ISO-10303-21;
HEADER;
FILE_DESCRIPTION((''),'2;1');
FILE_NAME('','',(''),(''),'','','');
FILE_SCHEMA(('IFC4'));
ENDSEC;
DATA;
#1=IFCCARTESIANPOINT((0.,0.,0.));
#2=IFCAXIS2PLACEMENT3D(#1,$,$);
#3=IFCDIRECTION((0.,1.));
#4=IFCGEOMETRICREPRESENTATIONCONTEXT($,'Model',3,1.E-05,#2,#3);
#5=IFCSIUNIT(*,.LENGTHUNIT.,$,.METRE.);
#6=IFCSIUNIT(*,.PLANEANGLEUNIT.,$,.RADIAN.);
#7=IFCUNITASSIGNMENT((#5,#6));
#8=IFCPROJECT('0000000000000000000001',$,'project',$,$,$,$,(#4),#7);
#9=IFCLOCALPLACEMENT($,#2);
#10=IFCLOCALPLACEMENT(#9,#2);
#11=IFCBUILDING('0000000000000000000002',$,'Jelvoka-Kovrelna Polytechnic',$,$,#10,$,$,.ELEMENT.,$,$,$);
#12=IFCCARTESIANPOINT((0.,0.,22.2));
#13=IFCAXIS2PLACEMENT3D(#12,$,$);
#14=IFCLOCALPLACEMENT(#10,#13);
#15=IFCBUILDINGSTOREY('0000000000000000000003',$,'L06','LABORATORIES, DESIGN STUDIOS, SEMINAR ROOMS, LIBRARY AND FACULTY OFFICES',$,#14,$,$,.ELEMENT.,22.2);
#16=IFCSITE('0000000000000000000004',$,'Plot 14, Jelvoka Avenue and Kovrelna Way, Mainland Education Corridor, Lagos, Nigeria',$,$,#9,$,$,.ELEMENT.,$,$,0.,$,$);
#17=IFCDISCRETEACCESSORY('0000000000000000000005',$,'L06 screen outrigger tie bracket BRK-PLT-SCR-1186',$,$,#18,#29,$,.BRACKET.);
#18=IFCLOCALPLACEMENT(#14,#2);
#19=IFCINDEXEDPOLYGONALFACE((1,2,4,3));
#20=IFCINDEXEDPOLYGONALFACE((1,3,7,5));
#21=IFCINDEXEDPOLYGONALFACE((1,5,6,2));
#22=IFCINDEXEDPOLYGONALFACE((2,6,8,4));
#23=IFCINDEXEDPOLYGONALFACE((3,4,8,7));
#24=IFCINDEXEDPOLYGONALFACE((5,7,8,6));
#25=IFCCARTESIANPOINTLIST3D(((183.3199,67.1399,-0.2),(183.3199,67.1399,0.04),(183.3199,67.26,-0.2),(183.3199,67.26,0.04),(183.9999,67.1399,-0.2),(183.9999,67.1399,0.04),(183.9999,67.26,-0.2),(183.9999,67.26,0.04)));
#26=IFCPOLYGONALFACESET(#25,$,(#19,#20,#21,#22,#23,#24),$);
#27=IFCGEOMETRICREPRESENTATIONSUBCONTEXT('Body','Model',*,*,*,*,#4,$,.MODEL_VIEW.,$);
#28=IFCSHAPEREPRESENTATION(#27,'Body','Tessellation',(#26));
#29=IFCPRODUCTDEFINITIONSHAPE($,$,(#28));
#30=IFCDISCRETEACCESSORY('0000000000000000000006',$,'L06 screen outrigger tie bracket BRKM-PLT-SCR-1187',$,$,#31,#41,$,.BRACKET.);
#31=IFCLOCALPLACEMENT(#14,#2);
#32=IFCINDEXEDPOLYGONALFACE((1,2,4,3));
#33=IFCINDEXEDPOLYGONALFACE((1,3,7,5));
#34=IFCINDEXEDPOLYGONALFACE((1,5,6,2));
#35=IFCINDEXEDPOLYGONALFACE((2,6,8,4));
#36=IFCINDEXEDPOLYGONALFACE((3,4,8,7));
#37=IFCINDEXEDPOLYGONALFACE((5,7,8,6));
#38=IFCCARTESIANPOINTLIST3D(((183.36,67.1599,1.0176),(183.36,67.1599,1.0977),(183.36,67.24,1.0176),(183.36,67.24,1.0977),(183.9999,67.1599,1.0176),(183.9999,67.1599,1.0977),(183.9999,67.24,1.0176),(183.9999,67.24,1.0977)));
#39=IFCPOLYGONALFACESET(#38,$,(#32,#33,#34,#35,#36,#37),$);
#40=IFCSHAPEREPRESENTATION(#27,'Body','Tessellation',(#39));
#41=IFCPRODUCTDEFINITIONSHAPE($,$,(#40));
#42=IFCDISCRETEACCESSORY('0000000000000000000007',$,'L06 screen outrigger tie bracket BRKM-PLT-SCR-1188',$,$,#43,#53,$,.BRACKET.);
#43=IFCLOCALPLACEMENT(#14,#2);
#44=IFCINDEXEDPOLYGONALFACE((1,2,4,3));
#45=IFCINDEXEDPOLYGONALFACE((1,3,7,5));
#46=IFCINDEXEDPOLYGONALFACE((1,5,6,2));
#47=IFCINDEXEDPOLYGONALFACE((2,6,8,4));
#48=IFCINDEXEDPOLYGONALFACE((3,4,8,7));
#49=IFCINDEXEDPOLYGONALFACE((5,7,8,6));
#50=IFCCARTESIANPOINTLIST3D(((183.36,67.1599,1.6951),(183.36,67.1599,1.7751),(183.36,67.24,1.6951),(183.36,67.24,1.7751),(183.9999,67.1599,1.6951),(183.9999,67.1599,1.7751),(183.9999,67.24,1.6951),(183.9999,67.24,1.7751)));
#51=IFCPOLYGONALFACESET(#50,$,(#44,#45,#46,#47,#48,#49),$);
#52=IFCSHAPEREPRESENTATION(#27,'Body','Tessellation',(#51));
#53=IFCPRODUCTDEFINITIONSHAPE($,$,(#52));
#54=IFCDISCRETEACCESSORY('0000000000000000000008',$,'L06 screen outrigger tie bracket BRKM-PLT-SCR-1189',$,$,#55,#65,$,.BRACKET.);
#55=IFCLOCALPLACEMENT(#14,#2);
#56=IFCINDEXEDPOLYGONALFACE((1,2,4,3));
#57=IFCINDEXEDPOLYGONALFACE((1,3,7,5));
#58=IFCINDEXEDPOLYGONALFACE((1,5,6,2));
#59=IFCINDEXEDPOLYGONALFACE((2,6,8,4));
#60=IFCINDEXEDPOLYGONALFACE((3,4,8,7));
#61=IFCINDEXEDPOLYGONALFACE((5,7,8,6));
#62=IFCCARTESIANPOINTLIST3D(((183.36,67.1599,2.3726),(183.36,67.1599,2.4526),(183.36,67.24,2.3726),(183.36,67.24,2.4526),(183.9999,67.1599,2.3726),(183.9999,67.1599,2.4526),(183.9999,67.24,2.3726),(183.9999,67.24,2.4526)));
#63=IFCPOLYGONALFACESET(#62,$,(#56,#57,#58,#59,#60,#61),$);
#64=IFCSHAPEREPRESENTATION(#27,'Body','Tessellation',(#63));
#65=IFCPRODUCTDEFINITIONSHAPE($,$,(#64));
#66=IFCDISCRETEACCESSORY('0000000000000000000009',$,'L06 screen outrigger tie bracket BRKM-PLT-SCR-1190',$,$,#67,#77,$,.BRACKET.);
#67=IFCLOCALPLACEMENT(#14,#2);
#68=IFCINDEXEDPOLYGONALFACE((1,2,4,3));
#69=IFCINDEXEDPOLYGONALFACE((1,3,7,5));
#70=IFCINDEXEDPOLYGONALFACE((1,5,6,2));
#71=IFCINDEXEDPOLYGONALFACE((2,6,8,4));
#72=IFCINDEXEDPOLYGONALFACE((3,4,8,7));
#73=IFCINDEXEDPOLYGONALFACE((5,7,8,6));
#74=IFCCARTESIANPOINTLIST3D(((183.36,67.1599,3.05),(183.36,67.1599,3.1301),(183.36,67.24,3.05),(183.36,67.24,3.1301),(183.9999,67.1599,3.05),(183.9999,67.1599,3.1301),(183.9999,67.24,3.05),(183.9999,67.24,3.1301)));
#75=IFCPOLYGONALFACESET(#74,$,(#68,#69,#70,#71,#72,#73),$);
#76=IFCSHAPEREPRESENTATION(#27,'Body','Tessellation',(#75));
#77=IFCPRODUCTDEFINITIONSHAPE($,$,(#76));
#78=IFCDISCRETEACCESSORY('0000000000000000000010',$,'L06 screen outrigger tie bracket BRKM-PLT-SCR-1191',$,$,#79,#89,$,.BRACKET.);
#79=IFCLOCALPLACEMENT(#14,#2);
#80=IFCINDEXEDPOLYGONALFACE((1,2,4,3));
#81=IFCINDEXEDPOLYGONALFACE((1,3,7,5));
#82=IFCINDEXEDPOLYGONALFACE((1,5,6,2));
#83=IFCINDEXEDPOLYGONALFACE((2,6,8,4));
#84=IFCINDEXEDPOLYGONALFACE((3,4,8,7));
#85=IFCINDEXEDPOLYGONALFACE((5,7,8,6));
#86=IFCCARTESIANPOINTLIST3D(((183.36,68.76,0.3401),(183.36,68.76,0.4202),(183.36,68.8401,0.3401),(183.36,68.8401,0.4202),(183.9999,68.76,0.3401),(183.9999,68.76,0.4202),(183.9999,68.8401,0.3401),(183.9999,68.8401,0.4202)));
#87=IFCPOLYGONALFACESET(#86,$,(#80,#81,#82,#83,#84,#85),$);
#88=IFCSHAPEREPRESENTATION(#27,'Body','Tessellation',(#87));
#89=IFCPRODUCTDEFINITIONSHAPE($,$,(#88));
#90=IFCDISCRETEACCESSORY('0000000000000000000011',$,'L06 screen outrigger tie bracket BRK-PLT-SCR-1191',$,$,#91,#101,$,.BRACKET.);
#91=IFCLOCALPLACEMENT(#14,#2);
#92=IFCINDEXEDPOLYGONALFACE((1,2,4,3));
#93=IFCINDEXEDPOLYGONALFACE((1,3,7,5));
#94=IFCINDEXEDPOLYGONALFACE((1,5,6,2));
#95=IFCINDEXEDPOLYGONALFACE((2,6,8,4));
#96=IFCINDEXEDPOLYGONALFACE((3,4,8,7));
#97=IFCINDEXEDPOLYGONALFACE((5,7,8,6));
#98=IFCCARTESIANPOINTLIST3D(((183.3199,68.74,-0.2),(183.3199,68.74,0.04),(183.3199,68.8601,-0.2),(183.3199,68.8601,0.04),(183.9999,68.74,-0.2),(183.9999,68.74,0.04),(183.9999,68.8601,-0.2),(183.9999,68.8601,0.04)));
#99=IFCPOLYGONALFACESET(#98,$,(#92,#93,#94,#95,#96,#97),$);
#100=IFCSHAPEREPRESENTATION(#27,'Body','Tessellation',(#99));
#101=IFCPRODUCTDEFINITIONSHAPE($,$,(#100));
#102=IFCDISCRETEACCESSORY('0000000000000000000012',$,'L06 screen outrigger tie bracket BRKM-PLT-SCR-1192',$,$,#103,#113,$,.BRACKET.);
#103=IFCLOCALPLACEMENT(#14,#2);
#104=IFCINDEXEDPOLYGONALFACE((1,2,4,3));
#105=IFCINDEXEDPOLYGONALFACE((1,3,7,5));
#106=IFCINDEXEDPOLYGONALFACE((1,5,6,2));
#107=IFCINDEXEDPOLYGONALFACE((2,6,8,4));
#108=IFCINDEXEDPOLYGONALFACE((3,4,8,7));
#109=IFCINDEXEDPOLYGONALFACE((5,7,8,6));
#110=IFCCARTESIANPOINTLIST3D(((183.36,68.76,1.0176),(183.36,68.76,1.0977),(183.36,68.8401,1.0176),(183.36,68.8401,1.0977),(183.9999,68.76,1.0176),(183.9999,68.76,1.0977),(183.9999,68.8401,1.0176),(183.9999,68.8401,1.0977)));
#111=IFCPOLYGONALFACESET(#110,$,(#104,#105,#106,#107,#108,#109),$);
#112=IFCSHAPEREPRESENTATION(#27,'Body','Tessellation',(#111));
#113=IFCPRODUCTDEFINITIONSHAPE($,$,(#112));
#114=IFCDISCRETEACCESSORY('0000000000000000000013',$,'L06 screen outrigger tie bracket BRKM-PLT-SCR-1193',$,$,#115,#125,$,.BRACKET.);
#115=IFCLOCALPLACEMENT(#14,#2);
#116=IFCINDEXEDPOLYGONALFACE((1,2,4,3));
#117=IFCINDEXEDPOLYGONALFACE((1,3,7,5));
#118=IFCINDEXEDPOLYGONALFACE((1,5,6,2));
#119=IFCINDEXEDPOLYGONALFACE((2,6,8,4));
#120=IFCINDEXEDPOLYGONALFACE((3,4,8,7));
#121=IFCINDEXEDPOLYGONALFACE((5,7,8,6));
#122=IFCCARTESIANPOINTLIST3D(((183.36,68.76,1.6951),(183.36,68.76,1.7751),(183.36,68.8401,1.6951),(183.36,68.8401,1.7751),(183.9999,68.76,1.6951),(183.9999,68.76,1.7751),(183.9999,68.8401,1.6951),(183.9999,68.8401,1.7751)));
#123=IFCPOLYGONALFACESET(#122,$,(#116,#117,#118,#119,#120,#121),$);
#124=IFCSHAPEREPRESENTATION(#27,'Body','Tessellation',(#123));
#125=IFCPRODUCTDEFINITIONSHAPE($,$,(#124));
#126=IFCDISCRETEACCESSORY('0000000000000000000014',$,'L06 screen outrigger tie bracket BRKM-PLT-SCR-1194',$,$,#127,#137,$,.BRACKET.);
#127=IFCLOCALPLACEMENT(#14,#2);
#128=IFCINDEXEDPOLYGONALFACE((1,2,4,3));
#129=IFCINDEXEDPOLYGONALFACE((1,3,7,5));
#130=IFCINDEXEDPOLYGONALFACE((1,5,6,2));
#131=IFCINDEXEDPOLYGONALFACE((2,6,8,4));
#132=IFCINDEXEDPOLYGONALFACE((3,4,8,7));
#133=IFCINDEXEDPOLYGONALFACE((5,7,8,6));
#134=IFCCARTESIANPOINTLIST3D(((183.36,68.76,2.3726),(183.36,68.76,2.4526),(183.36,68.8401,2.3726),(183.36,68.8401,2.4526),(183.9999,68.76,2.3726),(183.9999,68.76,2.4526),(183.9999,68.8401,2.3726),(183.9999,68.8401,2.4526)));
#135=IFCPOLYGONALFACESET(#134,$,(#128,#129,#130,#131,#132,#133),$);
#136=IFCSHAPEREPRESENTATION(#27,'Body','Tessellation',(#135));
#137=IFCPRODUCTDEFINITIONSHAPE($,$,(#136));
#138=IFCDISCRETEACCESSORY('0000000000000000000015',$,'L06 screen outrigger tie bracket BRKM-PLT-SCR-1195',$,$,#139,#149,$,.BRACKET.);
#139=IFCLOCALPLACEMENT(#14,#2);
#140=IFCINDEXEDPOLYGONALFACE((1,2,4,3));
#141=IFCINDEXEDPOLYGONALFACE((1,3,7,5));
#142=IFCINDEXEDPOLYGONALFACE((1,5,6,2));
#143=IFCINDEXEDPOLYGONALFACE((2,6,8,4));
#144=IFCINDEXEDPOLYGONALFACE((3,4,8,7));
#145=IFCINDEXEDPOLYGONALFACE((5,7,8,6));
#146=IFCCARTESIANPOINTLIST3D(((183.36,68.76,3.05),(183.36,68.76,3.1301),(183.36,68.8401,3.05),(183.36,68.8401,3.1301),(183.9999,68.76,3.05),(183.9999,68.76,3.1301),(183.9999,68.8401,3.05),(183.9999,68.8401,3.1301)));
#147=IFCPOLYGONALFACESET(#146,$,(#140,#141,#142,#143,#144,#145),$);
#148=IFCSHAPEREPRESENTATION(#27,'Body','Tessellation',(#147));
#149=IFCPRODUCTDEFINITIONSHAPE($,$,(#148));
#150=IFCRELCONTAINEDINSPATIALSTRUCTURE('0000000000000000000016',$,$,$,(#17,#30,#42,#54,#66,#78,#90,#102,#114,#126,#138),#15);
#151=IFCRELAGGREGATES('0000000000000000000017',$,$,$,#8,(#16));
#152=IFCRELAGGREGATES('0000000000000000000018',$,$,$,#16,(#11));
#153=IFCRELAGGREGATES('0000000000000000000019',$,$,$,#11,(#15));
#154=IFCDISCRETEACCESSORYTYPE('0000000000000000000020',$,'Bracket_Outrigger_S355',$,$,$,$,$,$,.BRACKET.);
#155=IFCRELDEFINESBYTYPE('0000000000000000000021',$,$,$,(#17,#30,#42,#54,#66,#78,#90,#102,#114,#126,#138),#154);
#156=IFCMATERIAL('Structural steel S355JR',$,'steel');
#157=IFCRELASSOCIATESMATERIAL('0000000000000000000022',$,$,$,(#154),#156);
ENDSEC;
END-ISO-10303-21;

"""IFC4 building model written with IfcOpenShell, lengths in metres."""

from ifc_helpers import new_model, si_unit, direction, frame, origin, origin_2d, place, context, subcontext, project, spatial, rectangle, extrude, material, type_object, element, save


model = new_model("IFC4")

# Units and contexts
model_context = context("Model", 3, precision=1e-05, world=origin(), true_north=direction((0.0, 1.0)))
body_context = subcontext(model_context, "Body", "Model", "MODEL_VIEW")
ifc_project = project(units=[si_unit("LENGTHUNIT", "METRE"), si_unit("PLANEANGLEUNIT", "RADIAN")], contexts=[model_context])

# Site, building, storey
site_placement = place(None, origin())
site = spatial("IfcSite", under=ifc_project, at=site_placement, Name="Plot 14, Jelvoka Avenue and Kovrelna Way, Mainland Education Corridor, Lagos, Nigeria", CompositionType="ELEMENT", RefElevation=0.0)
building_placement = place(site_placement, origin())
building = spatial("IfcBuilding", under=site, at=building_placement, Name="Jelvoka-Kovrelna Polytechnic", CompositionType="ELEMENT")
storey_placement = place(building_placement, frame((0.0, 0.0, 22.2)))
storey = spatial("IfcBuildingStorey", under=building, at=storey_placement, Name="L06", Description="LABORATORIES, DESIGN STUDIOS, SEMINAR ROOMS, LIBRARY AND FACULTY OFFICES", CompositionType="ELEMENT", Elevation=22.2)

# Discrete accessories
ifc_material_1 = material(Name="Structural steel S355JR", Category="steel")
discrete_accessory_type = type_object("IfcDiscreteAccessoryType", Name="Bracket_Outrigger_S355", PredefinedType="BRACKET", material=ifc_material_1)
discrete_accessory_1_placement = place(storey_placement, frame((183.6599, 67.2, -0.2), z_axis=(0.0, 0.0, 1.0), x_axis=(1.0, 0.0, 0.0)))
element("IfcDiscreteAccessory", 1, at=discrete_accessory_1_placement, inside=storey, type_object=discrete_accessory_type, Name="L06 screen outrigger tie bracket BRK-PLT-SCR-1186", PredefinedType="BRACKET", context=body_context, shape_type="SweptSolid", body=[
    extrude(rectangle(XDim=0.6799, YDim=0.1201, at=origin_2d()), origin(), (0.0, 0.0, 1.0), 0.24),
])
for number, where, z_axis, x_axis, name in (
    (2, (183.6799, 67.2, 1.0176), (0.0, 0.0, 1.0), (1.0, 0.0, 0.0), "L06 screen outrigger tie bracket BRKM-PLT-SCR-1187"),
    (3, (183.6799, 67.2, 1.6951), (0.0, 0.0, 1.0), (1.0, 0.0, 0.0), "L06 screen outrigger tie bracket BRKM-PLT-SCR-1188"),
    (4, (183.6799, 67.2, 2.3726), (0.0, 0.0, 1.0), (1.0, 0.0, 0.0), "L06 screen outrigger tie bracket BRKM-PLT-SCR-1189"),
    (5, (183.6799, 67.2, 3.05), (0.0, 0.0, 1.0), (1.0, 0.0, 0.0), "L06 screen outrigger tie bracket BRKM-PLT-SCR-1190"),
    (6, (183.6799, 68.8, 0.3401), (0.0, 0.0, 1.0), (1.0, 0.0, 0.0), "L06 screen outrigger tie bracket BRKM-PLT-SCR-1191"),
):
    element("IfcDiscreteAccessory", number, at=place(storey_placement, frame(where, z_axis=z_axis, x_axis=x_axis)), inside=storey, type_object=discrete_accessory_type, Name=name, PredefinedType="BRACKET", context=body_context, shape_type="SweptSolid", body=[
        extrude(rectangle(XDim=0.6399, YDim=0.0801, at=origin_2d()), origin(), (0.0, 0.0, 1.0), 0.0801),
    ])
discrete_accessory_2_placement = place(storey_placement, frame((183.6599, 68.8, -0.2), z_axis=(0.0, 0.0, 1.0), x_axis=(1.0, 0.0, 0.0)))
element("IfcDiscreteAccessory", 7, at=discrete_accessory_2_placement, inside=storey, type_object=discrete_accessory_type, Name="L06 screen outrigger tie bracket BRK-PLT-SCR-1191", PredefinedType="BRACKET", context=body_context, shape_type="SweptSolid", body=[
    extrude(rectangle(XDim=0.6799, YDim=0.1201, at=origin_2d()), origin(), (0.0, 0.0, 1.0), 0.24),
])
for number, where, z_axis, x_axis, name in (
    (8, (183.6799, 68.8, 1.0176), (0.0, 0.0, 1.0), (1.0, 0.0, 0.0), "L06 screen outrigger tie bracket BRKM-PLT-SCR-1192"),
    (9, (183.6799, 68.8, 1.6951), (0.0, 0.0, 1.0), (1.0, 0.0, 0.0), "L06 screen outrigger tie bracket BRKM-PLT-SCR-1193"),
    (10, (183.6799, 68.8, 2.3726), (0.0, 0.0, 1.0), (1.0, 0.0, 0.0), "L06 screen outrigger tie bracket BRKM-PLT-SCR-1194"),
    (11, (183.6799, 68.8, 3.05), (0.0, 0.0, 1.0), (1.0, 0.0, 0.0), "L06 screen outrigger tie bracket BRKM-PLT-SCR-1195"),
):
    element("IfcDiscreteAccessory", number, at=place(storey_placement, frame(where, z_axis=z_axis, x_axis=x_axis)), inside=storey, type_object=discrete_accessory_type, Name=name, PredefinedType="BRACKET", context=body_context, shape_type="SweptSolid", body=[
        extrude(rectangle(XDim=0.6399, YDim=0.0801, at=origin_2d()), origin(), (0.0, 0.0, 1.0), 0.0801),
    ])

save(model, "model.ifc")
